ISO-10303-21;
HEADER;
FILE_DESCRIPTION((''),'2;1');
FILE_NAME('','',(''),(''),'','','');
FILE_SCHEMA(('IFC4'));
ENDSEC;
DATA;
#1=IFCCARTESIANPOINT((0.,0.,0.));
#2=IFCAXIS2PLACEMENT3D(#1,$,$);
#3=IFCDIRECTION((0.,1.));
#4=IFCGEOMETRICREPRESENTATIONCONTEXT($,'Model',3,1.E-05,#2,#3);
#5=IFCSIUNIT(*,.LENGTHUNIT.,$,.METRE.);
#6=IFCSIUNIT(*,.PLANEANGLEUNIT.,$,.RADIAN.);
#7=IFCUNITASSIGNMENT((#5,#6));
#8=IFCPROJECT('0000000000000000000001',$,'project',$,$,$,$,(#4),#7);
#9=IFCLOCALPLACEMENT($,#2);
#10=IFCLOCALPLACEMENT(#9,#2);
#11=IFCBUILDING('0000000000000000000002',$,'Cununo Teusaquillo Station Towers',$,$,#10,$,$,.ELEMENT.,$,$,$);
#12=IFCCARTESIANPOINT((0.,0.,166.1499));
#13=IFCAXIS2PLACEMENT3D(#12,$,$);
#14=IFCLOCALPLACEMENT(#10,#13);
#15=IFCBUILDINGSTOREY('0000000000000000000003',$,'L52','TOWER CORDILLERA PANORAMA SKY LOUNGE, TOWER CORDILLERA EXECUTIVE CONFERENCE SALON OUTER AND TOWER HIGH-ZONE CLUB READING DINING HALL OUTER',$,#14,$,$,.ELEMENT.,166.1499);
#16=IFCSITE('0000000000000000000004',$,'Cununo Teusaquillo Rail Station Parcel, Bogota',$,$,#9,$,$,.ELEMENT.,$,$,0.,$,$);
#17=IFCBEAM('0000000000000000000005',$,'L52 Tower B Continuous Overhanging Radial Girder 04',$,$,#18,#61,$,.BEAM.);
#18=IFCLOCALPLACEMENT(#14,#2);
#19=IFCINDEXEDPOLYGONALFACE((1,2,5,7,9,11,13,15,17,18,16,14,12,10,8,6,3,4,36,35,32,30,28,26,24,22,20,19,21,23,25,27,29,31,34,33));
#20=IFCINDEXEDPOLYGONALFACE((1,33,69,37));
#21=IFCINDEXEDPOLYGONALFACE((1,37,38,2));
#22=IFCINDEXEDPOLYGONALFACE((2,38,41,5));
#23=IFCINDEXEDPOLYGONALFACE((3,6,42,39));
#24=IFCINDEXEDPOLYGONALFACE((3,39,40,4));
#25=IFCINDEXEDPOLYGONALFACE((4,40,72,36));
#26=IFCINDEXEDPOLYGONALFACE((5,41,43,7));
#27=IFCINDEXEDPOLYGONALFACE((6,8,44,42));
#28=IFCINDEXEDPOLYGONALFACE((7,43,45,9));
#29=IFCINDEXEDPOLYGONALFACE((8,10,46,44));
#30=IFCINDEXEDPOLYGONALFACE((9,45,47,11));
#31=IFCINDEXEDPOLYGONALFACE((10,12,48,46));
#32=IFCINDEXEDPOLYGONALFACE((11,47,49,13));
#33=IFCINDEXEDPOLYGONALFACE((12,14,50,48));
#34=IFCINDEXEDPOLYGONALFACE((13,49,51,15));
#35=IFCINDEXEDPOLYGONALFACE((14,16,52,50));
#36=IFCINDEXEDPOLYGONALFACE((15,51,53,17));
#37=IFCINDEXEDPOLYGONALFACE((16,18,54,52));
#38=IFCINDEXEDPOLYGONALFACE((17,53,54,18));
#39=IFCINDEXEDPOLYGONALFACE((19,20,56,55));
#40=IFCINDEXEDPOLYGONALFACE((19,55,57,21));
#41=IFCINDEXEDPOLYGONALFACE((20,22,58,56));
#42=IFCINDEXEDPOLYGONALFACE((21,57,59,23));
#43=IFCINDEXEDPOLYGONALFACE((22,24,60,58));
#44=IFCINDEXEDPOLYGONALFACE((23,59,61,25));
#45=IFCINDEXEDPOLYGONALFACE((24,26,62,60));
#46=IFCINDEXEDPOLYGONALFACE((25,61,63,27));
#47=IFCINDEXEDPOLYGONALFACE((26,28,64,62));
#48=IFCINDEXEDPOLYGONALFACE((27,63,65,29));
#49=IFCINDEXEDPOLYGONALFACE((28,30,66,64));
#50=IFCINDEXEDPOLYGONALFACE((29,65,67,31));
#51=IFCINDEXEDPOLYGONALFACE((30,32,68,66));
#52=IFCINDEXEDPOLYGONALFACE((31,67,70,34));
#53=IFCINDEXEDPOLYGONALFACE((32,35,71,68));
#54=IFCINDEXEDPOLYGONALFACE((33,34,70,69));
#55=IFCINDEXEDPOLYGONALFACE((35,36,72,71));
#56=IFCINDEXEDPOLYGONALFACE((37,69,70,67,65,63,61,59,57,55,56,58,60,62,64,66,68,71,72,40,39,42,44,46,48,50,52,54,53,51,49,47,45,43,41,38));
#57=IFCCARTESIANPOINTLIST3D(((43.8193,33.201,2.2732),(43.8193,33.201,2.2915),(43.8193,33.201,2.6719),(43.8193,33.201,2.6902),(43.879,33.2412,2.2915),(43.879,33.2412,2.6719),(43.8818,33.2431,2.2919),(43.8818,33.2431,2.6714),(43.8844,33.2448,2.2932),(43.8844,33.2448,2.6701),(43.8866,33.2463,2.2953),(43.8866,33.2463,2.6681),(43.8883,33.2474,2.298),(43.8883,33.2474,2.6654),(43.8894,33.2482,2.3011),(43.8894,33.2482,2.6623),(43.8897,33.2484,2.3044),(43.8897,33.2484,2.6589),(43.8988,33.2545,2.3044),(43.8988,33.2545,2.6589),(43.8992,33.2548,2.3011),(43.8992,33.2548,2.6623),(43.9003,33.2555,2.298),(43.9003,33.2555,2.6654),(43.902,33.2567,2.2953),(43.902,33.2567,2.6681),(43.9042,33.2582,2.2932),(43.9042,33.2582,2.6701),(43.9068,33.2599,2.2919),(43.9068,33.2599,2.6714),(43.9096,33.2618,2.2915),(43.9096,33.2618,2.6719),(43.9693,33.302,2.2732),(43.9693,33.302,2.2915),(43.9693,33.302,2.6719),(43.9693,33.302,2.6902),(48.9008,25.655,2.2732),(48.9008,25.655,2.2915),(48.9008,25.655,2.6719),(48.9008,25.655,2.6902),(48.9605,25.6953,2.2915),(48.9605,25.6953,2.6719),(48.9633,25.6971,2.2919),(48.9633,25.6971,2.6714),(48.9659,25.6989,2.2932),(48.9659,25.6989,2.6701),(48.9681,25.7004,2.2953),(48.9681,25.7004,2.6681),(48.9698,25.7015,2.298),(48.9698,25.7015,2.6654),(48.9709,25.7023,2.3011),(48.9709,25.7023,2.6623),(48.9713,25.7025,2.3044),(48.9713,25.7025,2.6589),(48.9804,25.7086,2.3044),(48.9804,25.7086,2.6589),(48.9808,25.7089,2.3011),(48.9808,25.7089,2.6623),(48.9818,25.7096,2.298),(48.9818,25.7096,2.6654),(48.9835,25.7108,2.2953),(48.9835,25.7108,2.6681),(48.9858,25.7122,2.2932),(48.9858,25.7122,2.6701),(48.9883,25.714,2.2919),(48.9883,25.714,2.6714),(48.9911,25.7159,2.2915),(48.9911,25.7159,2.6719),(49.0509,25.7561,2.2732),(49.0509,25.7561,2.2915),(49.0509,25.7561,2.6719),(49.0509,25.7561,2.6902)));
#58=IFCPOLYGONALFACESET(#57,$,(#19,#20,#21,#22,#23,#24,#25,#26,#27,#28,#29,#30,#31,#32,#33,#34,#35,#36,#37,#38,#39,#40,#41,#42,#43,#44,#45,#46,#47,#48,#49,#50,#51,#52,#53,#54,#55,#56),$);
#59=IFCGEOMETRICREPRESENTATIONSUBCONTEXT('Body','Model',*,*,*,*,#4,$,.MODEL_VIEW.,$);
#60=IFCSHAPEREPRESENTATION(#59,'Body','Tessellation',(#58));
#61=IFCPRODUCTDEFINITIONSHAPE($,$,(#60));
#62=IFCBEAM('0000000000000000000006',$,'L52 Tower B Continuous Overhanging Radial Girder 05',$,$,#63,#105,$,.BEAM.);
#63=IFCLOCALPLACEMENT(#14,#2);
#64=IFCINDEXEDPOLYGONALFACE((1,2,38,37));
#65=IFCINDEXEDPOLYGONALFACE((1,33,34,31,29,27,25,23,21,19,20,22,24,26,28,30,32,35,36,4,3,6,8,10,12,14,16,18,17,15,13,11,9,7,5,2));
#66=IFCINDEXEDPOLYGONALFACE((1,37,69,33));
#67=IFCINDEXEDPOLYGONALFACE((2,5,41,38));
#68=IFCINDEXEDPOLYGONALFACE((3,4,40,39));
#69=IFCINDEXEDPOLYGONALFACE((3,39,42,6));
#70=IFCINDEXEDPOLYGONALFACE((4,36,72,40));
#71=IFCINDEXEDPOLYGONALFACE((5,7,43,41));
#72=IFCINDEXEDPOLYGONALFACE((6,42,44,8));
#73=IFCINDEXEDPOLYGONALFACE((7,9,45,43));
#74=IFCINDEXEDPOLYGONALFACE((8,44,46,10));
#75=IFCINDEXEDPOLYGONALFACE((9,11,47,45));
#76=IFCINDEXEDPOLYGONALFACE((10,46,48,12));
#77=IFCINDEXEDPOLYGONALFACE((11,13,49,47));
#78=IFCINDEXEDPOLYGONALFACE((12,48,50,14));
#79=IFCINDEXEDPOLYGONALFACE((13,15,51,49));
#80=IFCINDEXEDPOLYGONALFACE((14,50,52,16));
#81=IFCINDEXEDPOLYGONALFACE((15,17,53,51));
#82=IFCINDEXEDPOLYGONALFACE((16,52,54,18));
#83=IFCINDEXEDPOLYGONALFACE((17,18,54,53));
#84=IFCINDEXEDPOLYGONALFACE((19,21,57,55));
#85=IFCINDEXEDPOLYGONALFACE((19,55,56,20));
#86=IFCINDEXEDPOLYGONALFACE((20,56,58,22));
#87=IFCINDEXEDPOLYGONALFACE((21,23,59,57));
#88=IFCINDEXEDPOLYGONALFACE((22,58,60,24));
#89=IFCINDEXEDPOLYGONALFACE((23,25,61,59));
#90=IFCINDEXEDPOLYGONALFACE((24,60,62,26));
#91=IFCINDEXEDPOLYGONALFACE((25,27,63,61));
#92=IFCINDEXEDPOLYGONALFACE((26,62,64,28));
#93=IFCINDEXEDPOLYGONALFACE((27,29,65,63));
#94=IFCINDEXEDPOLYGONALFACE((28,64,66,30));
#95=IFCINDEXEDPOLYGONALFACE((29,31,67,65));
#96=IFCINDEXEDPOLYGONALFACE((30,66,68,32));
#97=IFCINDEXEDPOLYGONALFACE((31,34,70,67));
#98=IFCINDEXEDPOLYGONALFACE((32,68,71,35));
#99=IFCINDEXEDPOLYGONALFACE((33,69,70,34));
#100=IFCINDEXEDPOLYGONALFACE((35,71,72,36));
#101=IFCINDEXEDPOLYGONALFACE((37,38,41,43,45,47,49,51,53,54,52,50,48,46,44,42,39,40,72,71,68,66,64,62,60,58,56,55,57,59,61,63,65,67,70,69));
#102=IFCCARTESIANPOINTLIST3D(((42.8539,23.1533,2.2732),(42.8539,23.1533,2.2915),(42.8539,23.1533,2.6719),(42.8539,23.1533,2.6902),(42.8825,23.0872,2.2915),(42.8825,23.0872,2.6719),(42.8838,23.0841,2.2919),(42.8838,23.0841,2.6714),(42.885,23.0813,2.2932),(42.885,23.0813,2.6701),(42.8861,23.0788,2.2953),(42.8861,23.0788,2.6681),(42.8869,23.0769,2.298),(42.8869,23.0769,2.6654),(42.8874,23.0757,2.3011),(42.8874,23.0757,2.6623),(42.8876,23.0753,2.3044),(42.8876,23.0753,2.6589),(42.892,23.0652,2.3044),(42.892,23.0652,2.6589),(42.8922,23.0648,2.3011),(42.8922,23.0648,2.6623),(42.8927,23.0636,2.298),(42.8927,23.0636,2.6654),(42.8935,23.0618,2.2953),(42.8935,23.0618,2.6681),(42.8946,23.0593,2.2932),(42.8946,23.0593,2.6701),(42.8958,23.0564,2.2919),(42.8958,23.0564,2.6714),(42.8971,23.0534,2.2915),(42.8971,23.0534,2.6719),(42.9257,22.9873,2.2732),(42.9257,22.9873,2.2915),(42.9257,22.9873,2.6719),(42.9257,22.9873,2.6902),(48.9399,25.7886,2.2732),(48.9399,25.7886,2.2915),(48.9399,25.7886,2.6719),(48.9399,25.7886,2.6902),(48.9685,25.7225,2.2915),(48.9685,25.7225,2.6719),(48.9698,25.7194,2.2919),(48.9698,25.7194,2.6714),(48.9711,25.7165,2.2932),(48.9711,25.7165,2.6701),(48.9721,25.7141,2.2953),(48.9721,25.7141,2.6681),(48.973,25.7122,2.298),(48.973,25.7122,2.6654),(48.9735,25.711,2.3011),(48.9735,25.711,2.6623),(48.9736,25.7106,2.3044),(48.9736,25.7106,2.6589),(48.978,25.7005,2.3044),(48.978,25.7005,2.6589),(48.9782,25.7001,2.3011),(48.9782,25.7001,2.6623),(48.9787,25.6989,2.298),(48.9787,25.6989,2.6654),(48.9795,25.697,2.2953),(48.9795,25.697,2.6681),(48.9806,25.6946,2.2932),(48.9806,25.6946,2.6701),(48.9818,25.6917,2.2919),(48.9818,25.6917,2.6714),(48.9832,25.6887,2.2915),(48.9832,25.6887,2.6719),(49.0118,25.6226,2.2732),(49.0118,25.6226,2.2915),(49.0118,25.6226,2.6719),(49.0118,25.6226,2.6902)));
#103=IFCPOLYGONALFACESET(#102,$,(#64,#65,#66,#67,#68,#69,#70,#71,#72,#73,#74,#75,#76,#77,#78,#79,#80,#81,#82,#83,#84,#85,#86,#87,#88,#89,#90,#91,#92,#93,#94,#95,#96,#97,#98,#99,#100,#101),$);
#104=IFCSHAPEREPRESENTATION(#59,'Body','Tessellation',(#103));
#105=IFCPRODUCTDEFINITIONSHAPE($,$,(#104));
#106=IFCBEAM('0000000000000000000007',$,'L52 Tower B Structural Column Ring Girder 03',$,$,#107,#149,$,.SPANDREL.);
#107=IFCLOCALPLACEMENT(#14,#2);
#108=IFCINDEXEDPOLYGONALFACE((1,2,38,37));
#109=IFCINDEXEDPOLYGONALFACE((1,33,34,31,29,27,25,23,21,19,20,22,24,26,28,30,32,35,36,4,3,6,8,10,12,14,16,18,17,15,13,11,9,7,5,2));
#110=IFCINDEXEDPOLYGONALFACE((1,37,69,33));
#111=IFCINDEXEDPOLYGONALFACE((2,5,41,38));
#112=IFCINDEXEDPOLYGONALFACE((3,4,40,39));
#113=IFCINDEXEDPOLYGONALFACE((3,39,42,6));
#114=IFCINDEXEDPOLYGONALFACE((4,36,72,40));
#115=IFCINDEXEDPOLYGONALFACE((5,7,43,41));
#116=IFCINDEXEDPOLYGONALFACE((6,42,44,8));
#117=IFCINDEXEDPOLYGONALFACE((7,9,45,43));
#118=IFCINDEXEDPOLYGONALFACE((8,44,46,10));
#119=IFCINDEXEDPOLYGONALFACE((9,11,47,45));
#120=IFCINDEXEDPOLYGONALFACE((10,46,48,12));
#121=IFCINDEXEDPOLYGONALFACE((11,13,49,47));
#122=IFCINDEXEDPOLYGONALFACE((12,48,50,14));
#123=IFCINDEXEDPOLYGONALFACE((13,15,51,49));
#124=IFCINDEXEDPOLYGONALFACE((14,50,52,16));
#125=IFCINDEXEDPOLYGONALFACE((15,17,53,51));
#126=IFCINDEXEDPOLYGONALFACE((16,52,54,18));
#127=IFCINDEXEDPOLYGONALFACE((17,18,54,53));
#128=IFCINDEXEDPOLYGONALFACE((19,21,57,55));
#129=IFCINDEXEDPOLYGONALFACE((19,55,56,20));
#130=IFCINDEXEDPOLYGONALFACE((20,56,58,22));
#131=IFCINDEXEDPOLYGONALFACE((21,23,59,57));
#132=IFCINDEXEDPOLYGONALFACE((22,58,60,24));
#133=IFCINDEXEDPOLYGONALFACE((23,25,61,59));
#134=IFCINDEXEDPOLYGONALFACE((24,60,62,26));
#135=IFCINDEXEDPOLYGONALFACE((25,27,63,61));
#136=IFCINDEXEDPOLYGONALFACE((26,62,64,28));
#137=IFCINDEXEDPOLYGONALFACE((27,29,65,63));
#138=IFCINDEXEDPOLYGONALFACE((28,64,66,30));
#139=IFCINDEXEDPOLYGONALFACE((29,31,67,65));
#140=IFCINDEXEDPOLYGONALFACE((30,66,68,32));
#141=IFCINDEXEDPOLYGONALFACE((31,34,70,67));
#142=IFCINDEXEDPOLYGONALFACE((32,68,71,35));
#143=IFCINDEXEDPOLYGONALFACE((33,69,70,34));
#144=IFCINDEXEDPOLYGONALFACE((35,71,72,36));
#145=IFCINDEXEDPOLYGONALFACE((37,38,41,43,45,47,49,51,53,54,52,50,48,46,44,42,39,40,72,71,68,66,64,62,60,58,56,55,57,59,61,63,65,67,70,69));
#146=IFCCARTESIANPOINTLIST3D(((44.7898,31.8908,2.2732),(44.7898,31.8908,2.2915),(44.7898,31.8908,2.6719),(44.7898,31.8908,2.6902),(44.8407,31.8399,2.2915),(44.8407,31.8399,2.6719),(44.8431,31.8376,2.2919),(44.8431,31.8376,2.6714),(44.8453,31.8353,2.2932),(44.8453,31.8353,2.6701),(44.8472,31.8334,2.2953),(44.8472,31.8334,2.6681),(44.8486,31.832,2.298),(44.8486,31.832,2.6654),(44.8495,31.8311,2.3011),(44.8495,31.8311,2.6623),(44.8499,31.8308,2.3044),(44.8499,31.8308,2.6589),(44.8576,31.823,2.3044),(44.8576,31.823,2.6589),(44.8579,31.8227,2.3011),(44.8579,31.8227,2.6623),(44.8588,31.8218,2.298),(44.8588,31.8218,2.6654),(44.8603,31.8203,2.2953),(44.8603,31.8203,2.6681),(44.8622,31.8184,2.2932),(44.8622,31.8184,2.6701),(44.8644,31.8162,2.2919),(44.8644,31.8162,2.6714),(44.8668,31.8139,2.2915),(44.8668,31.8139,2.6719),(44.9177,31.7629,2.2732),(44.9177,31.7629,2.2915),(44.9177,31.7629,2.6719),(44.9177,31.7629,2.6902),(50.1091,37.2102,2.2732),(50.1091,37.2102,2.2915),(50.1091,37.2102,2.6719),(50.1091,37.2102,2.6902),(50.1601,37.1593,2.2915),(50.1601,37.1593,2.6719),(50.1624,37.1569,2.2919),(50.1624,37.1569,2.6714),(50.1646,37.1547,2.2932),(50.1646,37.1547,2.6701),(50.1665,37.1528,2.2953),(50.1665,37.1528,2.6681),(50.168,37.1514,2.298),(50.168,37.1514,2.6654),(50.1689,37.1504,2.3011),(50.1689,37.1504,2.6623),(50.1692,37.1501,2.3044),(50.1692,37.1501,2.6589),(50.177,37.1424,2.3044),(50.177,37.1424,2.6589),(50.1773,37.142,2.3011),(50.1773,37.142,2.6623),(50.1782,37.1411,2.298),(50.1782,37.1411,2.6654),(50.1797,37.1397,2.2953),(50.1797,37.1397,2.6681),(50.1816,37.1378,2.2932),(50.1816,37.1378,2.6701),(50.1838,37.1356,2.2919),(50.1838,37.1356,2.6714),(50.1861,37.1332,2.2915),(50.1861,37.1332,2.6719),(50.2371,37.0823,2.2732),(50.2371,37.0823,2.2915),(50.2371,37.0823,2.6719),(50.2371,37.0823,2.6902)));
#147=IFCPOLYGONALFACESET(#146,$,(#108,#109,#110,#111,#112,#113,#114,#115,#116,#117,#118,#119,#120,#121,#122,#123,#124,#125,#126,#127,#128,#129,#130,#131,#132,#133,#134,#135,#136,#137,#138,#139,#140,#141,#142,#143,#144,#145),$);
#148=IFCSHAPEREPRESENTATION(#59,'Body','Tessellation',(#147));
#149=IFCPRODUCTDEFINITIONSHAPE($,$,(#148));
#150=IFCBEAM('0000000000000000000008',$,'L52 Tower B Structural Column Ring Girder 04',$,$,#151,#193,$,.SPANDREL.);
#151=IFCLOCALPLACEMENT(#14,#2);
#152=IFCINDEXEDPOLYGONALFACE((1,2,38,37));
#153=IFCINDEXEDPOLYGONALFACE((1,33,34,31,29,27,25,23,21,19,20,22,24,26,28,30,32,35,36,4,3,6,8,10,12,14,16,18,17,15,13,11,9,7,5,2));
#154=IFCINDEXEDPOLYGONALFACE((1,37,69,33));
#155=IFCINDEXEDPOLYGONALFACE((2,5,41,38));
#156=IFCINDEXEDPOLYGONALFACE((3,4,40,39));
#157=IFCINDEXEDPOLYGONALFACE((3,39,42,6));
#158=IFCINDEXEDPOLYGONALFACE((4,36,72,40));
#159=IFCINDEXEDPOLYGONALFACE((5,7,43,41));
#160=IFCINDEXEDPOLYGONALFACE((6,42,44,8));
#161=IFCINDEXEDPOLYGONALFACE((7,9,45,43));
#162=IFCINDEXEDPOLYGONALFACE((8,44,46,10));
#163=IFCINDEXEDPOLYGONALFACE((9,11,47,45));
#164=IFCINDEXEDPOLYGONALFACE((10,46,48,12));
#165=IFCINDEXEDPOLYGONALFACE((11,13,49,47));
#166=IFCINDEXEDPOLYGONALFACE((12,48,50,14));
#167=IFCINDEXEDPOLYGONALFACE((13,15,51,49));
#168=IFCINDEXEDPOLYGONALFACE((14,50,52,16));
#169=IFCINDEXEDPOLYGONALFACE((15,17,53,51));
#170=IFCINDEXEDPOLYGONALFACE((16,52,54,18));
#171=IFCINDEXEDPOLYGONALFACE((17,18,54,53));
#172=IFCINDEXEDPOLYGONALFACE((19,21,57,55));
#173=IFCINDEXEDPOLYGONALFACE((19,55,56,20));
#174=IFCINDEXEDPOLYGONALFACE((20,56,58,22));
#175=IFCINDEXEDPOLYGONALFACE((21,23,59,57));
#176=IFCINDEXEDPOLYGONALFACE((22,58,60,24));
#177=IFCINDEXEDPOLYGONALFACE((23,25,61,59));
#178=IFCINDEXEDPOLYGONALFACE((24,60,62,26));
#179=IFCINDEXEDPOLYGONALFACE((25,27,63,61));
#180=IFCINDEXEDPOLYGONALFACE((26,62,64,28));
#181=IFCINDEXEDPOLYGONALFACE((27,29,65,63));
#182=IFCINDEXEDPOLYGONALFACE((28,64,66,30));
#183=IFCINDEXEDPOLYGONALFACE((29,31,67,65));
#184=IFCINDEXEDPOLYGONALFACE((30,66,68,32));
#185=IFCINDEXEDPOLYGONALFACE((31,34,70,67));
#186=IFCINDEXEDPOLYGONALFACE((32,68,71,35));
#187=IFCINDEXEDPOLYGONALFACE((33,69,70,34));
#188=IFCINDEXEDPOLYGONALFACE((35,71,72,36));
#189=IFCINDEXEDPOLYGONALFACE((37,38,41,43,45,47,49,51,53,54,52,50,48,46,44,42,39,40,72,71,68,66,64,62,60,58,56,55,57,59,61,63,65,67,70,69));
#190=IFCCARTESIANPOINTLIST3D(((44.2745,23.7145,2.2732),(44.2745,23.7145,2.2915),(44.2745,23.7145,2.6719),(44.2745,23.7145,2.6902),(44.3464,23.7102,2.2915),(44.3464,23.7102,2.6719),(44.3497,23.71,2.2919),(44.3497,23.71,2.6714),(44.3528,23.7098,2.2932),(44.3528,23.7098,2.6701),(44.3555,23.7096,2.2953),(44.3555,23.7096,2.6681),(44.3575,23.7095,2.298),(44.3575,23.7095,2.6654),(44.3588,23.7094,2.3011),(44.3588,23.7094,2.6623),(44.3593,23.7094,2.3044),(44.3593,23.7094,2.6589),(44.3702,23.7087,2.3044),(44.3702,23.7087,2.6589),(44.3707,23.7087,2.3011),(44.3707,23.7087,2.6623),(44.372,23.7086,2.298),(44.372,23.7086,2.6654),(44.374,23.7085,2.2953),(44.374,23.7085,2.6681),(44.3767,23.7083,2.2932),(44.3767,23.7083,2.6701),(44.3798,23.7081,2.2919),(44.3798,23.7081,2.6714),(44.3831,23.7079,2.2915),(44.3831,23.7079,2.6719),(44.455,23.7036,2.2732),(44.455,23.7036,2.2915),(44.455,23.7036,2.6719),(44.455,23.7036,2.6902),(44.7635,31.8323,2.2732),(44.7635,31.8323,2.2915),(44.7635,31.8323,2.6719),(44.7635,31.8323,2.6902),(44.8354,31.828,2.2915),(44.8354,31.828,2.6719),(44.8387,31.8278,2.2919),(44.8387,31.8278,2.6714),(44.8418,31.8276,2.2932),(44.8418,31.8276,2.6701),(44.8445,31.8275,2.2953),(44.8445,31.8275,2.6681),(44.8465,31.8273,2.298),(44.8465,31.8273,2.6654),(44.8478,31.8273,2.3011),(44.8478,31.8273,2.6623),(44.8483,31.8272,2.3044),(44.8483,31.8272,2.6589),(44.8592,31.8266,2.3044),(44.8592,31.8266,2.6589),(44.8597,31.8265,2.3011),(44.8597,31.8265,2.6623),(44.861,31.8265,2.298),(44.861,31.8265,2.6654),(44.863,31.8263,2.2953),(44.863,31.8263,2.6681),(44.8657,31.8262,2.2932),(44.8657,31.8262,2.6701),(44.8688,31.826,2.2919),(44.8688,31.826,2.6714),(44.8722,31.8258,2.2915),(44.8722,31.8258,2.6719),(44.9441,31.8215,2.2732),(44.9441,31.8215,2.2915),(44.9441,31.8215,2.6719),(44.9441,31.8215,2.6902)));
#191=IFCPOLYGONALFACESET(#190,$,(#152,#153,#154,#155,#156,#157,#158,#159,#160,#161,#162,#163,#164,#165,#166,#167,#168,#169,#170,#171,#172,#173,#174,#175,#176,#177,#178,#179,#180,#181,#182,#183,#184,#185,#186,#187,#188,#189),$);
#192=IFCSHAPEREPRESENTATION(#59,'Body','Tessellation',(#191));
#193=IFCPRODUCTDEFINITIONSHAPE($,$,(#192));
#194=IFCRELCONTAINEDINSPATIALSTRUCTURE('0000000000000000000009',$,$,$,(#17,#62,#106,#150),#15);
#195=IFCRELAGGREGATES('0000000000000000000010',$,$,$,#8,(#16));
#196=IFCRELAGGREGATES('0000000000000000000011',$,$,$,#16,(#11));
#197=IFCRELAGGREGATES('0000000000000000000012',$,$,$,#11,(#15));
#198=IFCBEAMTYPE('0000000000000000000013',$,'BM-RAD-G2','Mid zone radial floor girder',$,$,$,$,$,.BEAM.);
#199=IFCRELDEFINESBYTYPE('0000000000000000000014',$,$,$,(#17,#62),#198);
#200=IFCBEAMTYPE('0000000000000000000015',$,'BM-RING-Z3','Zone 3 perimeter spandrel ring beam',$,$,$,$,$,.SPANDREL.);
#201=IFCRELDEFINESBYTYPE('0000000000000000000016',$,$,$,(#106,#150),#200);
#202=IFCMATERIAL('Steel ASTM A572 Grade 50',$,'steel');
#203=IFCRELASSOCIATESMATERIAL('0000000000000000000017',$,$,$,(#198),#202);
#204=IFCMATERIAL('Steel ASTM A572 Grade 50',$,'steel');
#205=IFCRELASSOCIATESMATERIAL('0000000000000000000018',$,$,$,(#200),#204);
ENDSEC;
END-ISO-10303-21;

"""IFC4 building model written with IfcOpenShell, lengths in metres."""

from ifc_helpers import new_model, si_unit, direction, frame, origin, origin_2d, place, context, subcontext, project, spatial, i_section, extrude, material, material_profile, profile_set, type_object, element, save


model = new_model("IFC4")

# Units and contexts
model_context = context("Model", 3, precision=1e-05, world=origin(), true_north=direction((0.0, 1.0)))
body_context = subcontext(model_context, "Body", "Model", "MODEL_VIEW")
ifc_project = project(units=[si_unit("LENGTHUNIT", "METRE"), si_unit("PLANEANGLEUNIT", "RADIAN")], contexts=[model_context])

# Site, building, storey
site_placement = place(None, origin())
site = spatial("IfcSite", under=ifc_project, at=site_placement, Name="Cununo Teusaquillo Rail Station Parcel, Bogota", CompositionType="ELEMENT", RefElevation=0.0)
building_placement = place(site_placement, origin())
building = spatial("IfcBuilding", under=site, at=building_placement, Name="Cununo Teusaquillo Station Towers", CompositionType="ELEMENT")
storey_placement = place(building_placement, frame((0.0, 0.0, 166.1499)))
storey = spatial("IfcBuildingStorey", under=building, at=storey_placement, Name="L52", Description="TOWER CORDILLERA PANORAMA SKY LOUNGE, TOWER CORDILLERA EXECUTIVE CONFERENCE SALON OUTER AND TOWER HIGH-ZONE CLUB READING DINING HALL OUTER", CompositionType="ELEMENT", Elevation=166.1499)

# Beams
ifc_material_1 = material(Name="Steel ASTM A572 Grade 50", Category="steel")
ifc_material_profile_1 = material_profile(ifc_material_1, i_section(OverallWidth=0.1809, OverallDepth=0.417, WebThickness=0.011, FlangeThickness=0.0183, FilletRadius=0.0129, at=origin_2d()), Name="W16X57")
ifc_profile_set_1 = profile_set([ifc_material_profile_1], Name="Steel ASTM A572 Grade 50")
beam_type_1 = type_object("IfcBeamType", Name="BM-RAD-G2", Description="Mid zone radial floor girder", PredefinedType="BEAM", material=ifc_profile_set_1)
beam_1_placement = place(storey_placement, frame((48.9758, 25.7056, 2.4817), z_axis=(-0.558571, 0.829457, 0.0), x_axis=(-0.829457, -0.558571, 0.0)))
element("IfcBeam", 1, at=beam_1_placement, inside=storey, type_object=beam_type_1, Name="L52 Tower B Continuous Overhanging Radial Girder 04", PredefinedType="BEAM", context=body_context, shape_type="SweptSolid", body=[
    extrude(i_section(OverallWidth=0.1809, OverallDepth=0.417, WebThickness=0.011, FlangeThickness=0.0183, FilletRadius=0.0129, at=origin_2d()), origin(), (0.0, 0.0, 1.0), 9.0974),
])
beam_2_placement = place(storey_placement, frame((48.9758, 25.7056, 2.4817), z_axis=(-0.917665, -0.397355, 0.0), x_axis=(0.397355, -0.917665, 0.0)))
element("IfcBeam", 2, at=beam_2_placement, inside=storey, type_object=beam_type_1, Name="L52 Tower B Continuous Overhanging Radial Girder 05", PredefinedType="BEAM", context=body_context, shape_type="SweptSolid", body=[
    extrude(i_section(OverallWidth=0.1809, OverallDepth=0.417, WebThickness=0.011, FlangeThickness=0.0183, FilletRadius=0.0129, at=origin_2d()), origin(), (0.0, 0.0, 1.0), 6.6321),
])
ifc_material_2 = material(Name="Steel ASTM A572 Grade 50", Category="steel")
ifc_material_profile_2 = material_profile(ifc_material_2, i_section(OverallWidth=0.1809, OverallDepth=0.417, WebThickness=0.011, FlangeThickness=0.0183, FilletRadius=0.0129, at=origin_2d()), Name="W16X57")
ifc_profile_set_2 = profile_set([ifc_material_profile_2], Name="Steel ASTM A572 Grade 50")
beam_type_2 = type_object("IfcBeamType", Name="BM-RING-Z3", Description="Zone 3 perimeter spandrel ring beam", PredefinedType="SPANDREL", material=ifc_profile_set_2)
beam_3_placement = place(storey_placement, frame((50.1731, 37.1462, 2.4817), z_axis=(-0.707107, -0.707107, 0.0), x_axis=(0.707107, -0.707107, 0.0)))
element("IfcBeam", 3, at=beam_3_placement, inside=storey, type_object=beam_type_2, Name="L52 Tower B Structural Column Ring Girder 03", PredefinedType="SPANDREL", context=body_context, shape_type="SweptSolid", body=[
    extrude(i_section(OverallWidth=0.1809, OverallDepth=0.417, WebThickness=0.011, FlangeThickness=0.0183, FilletRadius=0.0129, at=origin_2d()), origin(), (0.0, 0.0, 1.0), 7.5227),
])
beam_4_placement = place(storey_placement, frame((44.8538, 31.8269, 2.4817), z_axis=(-0.06013, -0.998191, 0.0), x_axis=(0.998191, -0.06013, 0.0)))
element("IfcBeam", 4, at=beam_4_placement, inside=storey, type_object=beam_type_2, Name="L52 Tower B Structural Column Ring Girder 04", PredefinedType="SPANDREL", context=body_context, shape_type="SweptSolid", body=[
    extrude(i_section(OverallWidth=0.1809, OverallDepth=0.417, WebThickness=0.011, FlangeThickness=0.0183, FilletRadius=0.0129, at=origin_2d()), origin(), (0.0, 0.0, 1.0), 8.1326),
])

save(model, "model.ifc")
